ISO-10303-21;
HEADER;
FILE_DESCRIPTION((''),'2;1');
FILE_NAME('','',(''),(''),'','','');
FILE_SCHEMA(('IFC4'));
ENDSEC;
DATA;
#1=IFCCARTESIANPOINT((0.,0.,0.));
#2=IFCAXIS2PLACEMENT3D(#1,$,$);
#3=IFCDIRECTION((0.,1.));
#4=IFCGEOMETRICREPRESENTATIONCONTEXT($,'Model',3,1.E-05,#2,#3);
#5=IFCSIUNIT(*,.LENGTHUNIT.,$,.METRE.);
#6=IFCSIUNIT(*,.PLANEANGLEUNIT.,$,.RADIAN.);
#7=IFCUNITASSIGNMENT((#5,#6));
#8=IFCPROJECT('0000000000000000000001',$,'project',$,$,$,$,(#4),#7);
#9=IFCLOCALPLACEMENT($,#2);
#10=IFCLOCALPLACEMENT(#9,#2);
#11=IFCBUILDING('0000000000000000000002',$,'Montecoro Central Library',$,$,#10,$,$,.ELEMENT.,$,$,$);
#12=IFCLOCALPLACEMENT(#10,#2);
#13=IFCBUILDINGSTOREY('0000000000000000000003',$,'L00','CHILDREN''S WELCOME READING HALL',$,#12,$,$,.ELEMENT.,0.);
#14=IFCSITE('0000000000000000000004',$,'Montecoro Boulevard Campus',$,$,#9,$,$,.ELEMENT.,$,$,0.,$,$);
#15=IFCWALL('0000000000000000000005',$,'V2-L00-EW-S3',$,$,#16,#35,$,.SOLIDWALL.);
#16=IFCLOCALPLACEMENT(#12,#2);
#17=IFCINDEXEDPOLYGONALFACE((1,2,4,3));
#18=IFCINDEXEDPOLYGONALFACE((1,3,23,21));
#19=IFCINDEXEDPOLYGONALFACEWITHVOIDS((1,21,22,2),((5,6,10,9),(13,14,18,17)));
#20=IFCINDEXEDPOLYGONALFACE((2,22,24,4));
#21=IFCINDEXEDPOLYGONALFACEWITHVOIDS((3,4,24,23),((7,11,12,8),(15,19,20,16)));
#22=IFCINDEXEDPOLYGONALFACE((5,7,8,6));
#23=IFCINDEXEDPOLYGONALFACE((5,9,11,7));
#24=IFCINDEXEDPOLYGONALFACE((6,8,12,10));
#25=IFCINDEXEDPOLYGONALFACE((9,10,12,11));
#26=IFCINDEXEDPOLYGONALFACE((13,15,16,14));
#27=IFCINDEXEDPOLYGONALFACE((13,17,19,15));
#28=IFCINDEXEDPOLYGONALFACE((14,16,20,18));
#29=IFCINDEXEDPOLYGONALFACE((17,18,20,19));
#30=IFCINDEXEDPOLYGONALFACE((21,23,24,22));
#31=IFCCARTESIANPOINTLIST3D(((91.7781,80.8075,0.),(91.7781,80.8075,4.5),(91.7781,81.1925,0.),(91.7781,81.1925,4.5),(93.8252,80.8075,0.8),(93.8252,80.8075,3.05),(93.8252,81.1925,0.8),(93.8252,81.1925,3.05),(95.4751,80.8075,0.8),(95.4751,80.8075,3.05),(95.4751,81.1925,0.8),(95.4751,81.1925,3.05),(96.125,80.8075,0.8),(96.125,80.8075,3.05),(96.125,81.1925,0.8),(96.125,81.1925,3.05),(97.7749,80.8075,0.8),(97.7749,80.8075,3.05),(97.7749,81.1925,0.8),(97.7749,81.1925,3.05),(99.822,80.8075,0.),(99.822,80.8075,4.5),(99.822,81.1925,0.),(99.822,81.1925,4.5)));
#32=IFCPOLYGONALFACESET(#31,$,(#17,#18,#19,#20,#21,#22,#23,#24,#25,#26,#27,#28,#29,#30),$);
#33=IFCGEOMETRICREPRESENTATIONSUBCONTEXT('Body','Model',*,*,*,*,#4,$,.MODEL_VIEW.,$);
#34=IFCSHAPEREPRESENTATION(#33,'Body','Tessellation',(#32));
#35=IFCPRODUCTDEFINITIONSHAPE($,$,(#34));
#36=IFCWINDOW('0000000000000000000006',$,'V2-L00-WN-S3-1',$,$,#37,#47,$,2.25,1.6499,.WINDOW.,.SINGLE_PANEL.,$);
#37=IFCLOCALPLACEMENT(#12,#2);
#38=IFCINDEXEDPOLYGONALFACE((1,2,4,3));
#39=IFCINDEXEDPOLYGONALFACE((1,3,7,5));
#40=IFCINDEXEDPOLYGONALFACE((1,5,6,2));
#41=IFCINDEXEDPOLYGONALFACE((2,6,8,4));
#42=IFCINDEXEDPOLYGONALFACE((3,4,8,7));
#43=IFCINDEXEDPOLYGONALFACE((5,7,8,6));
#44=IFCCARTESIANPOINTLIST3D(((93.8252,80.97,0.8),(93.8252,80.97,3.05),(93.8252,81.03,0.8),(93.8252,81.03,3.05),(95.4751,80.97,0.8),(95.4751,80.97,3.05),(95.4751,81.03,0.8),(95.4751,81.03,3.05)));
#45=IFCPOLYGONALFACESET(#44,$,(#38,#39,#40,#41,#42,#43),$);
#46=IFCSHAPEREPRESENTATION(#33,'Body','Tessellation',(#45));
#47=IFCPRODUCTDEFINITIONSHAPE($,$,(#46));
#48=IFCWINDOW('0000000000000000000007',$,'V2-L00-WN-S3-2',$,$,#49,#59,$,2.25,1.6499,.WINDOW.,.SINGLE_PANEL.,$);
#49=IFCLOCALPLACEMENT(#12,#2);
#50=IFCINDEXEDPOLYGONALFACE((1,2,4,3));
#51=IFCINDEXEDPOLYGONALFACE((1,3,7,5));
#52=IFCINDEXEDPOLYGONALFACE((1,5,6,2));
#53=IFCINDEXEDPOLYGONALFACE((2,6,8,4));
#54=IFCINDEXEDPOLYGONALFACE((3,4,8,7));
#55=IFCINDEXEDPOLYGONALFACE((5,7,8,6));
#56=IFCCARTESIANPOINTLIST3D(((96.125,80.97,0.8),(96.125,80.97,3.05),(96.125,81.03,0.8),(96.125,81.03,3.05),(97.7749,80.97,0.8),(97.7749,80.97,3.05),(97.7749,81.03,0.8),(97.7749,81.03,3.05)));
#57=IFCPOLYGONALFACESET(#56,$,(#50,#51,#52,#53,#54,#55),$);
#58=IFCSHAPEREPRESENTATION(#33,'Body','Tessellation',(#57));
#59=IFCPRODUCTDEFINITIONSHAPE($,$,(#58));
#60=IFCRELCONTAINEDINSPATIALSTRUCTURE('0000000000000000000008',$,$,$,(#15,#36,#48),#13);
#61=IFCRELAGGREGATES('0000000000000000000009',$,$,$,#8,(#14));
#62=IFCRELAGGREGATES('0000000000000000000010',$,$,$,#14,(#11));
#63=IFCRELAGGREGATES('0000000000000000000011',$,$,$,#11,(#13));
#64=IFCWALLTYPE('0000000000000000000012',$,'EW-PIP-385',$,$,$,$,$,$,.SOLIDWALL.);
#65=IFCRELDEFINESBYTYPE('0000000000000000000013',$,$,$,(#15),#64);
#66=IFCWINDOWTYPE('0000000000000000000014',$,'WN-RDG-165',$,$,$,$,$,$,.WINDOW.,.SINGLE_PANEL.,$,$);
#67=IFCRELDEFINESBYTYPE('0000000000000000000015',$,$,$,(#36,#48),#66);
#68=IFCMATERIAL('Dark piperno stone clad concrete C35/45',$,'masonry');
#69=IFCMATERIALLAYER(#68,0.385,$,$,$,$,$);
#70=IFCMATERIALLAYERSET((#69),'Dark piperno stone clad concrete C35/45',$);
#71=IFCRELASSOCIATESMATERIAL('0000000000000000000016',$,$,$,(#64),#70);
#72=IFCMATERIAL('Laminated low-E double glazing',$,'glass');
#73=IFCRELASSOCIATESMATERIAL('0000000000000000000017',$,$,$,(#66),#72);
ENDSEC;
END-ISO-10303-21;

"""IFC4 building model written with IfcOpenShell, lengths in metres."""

from ifc_helpers import new_model, si_unit, direction, frame, frame_2d, origin, place, context, subcontext, project, spatial, rectangle, extrude, material, layer, layer_set, type_object, element, fill, save


model = new_model("IFC4")

# Units and contexts
model_context = context("Model", 3, precision=1e-05, world=origin(), true_north=direction((0.0, 1.0)))
body_context = subcontext(model_context, "Body", "Model", "MODEL_VIEW")
ifc_project = project(units=[si_unit("LENGTHUNIT", "METRE"), si_unit("PLANEANGLEUNIT", "RADIAN")], contexts=[model_context])

# Site, building, storey
site_placement = place(None, origin())
site = spatial("IfcSite", under=ifc_project, at=site_placement, Name="Montecoro Boulevard Campus", CompositionType="ELEMENT", RefElevation=0.0)
building_placement = place(site_placement, origin())
building = spatial("IfcBuilding", under=site, at=building_placement, Name="Montecoro Central Library", CompositionType="ELEMENT")
storey_placement = place(building_placement, origin())
storey = spatial("IfcBuildingStorey", under=building, at=storey_placement, Name="L00", Description="CHILDREN'S WELCOME READING HALL", CompositionType="ELEMENT", Elevation=0.0)

# Shared definitions
ifc_material_1 = material(Name="Dark piperno stone clad concrete C35/45", Category="masonry")
ifc_layer = layer(ifc_material_1, 0.385)
ifc_layer_set = layer_set([ifc_layer], Name="Dark piperno stone clad concrete C35/45")
wall_type = type_object("IfcWallType", Name="EW-PIP-385", PredefinedType="SOLIDWALL", material=ifc_layer_set)

# Wall, openings, windows
wall_1_placement = place(storey_placement, frame((91.7781, 81.0, 0.0), z_axis=(0.0, 0.0, 1.0), x_axis=(1.0, 0.0, 0.0)))
wall_1 = element("IfcWall", 1, at=wall_1_placement, inside=storey, type_object=wall_type, Name="V2-L00-EW-S3", PredefinedType="SOLIDWALL", context=body_context, shape_type="SweptSolid", body=[
    extrude(rectangle(XDim=8.0439, YDim=0.385, at=frame_2d((4.022, 0.0))), origin(), (0.0, 0.0, 1.0), 4.5),
])
opening_1_placement = place(wall_1_placement, frame((2.0471, 0.0, 0.8)))
opening_1 = element("IfcOpeningElement", 2, at=opening_1_placement, cuts=wall_1, PredefinedType="OPENING", context=body_context, shape_type="SweptSolid", body=[
    extrude(rectangle(XDim=1.6499, YDim=2.25, at=frame_2d((0.825, 1.125))), frame((0.0, 0.2024, 0.0), z_axis=(0.0, -1.0, 0.0), x_axis=(1.0, 0.0, 0.0)), (0.0, 0.0, 1.0), 0.405),
])
opening_2_placement = place(wall_1_placement, frame((4.3469, 0.0, 0.8)))
opening_2 = element("IfcOpeningElement", 3, at=opening_2_placement, cuts=wall_1, PredefinedType="OPENING", context=body_context, shape_type="SweptSolid", body=[
    extrude(rectangle(XDim=1.6499, YDim=2.25, at=frame_2d((0.825, 1.125))), frame((0.0, 0.2024, 0.0), z_axis=(0.0, -1.0, 0.0), x_axis=(1.0, 0.0, 0.0)), (0.0, 0.0, 1.0), 0.405),
])
ifc_material_2 = material(Name="Laminated low-E double glazing", Category="glass")
window_type = type_object("IfcWindowType", Name="WN-RDG-165", PartitioningType="SINGLE_PANEL", PredefinedType="WINDOW", material=ifc_material_2)
window_1_placement = place(opening_1_placement, origin())
window_1 = element("IfcWindow", 4, at=window_1_placement, inside=storey, type_object=window_type, Name="V2-L00-WN-S3-1", OverallHeight=2.25, OverallWidth=1.6499, PartitioningType="SINGLE_PANEL", PredefinedType="WINDOW", context=body_context, shape_type="SweptSolid", body=[
    extrude(rectangle(XDim=1.6499, YDim=2.25, at=frame_2d((0.825, 1.125))), frame((0.0, 0.03, 0.0), z_axis=(0.0, -1.0, 0.0), x_axis=(1.0, 0.0, 0.0)), (0.0, 0.0, 1.0), 0.0601),
])
fill(opening_1, window_1)
window_2_placement = place(opening_2_placement, origin())
window_2 = element("IfcWindow", 5, at=window_2_placement, inside=storey, type_object=window_type, Name="V2-L00-WN-S3-2", OverallHeight=2.25, OverallWidth=1.6499, PartitioningType="SINGLE_PANEL", PredefinedType="WINDOW", context=body_context, shape_type="SweptSolid", body=[
    extrude(rectangle(XDim=1.6499, YDim=2.25, at=frame_2d((0.825, 1.125))), frame((0.0, 0.03, 0.0), z_axis=(0.0, -1.0, 0.0), x_axis=(1.0, 0.0, 0.0)), (0.0, 0.0, 1.0), 0.0601),
])
fill(opening_2, window_2)

save(model, "model.ifc")
